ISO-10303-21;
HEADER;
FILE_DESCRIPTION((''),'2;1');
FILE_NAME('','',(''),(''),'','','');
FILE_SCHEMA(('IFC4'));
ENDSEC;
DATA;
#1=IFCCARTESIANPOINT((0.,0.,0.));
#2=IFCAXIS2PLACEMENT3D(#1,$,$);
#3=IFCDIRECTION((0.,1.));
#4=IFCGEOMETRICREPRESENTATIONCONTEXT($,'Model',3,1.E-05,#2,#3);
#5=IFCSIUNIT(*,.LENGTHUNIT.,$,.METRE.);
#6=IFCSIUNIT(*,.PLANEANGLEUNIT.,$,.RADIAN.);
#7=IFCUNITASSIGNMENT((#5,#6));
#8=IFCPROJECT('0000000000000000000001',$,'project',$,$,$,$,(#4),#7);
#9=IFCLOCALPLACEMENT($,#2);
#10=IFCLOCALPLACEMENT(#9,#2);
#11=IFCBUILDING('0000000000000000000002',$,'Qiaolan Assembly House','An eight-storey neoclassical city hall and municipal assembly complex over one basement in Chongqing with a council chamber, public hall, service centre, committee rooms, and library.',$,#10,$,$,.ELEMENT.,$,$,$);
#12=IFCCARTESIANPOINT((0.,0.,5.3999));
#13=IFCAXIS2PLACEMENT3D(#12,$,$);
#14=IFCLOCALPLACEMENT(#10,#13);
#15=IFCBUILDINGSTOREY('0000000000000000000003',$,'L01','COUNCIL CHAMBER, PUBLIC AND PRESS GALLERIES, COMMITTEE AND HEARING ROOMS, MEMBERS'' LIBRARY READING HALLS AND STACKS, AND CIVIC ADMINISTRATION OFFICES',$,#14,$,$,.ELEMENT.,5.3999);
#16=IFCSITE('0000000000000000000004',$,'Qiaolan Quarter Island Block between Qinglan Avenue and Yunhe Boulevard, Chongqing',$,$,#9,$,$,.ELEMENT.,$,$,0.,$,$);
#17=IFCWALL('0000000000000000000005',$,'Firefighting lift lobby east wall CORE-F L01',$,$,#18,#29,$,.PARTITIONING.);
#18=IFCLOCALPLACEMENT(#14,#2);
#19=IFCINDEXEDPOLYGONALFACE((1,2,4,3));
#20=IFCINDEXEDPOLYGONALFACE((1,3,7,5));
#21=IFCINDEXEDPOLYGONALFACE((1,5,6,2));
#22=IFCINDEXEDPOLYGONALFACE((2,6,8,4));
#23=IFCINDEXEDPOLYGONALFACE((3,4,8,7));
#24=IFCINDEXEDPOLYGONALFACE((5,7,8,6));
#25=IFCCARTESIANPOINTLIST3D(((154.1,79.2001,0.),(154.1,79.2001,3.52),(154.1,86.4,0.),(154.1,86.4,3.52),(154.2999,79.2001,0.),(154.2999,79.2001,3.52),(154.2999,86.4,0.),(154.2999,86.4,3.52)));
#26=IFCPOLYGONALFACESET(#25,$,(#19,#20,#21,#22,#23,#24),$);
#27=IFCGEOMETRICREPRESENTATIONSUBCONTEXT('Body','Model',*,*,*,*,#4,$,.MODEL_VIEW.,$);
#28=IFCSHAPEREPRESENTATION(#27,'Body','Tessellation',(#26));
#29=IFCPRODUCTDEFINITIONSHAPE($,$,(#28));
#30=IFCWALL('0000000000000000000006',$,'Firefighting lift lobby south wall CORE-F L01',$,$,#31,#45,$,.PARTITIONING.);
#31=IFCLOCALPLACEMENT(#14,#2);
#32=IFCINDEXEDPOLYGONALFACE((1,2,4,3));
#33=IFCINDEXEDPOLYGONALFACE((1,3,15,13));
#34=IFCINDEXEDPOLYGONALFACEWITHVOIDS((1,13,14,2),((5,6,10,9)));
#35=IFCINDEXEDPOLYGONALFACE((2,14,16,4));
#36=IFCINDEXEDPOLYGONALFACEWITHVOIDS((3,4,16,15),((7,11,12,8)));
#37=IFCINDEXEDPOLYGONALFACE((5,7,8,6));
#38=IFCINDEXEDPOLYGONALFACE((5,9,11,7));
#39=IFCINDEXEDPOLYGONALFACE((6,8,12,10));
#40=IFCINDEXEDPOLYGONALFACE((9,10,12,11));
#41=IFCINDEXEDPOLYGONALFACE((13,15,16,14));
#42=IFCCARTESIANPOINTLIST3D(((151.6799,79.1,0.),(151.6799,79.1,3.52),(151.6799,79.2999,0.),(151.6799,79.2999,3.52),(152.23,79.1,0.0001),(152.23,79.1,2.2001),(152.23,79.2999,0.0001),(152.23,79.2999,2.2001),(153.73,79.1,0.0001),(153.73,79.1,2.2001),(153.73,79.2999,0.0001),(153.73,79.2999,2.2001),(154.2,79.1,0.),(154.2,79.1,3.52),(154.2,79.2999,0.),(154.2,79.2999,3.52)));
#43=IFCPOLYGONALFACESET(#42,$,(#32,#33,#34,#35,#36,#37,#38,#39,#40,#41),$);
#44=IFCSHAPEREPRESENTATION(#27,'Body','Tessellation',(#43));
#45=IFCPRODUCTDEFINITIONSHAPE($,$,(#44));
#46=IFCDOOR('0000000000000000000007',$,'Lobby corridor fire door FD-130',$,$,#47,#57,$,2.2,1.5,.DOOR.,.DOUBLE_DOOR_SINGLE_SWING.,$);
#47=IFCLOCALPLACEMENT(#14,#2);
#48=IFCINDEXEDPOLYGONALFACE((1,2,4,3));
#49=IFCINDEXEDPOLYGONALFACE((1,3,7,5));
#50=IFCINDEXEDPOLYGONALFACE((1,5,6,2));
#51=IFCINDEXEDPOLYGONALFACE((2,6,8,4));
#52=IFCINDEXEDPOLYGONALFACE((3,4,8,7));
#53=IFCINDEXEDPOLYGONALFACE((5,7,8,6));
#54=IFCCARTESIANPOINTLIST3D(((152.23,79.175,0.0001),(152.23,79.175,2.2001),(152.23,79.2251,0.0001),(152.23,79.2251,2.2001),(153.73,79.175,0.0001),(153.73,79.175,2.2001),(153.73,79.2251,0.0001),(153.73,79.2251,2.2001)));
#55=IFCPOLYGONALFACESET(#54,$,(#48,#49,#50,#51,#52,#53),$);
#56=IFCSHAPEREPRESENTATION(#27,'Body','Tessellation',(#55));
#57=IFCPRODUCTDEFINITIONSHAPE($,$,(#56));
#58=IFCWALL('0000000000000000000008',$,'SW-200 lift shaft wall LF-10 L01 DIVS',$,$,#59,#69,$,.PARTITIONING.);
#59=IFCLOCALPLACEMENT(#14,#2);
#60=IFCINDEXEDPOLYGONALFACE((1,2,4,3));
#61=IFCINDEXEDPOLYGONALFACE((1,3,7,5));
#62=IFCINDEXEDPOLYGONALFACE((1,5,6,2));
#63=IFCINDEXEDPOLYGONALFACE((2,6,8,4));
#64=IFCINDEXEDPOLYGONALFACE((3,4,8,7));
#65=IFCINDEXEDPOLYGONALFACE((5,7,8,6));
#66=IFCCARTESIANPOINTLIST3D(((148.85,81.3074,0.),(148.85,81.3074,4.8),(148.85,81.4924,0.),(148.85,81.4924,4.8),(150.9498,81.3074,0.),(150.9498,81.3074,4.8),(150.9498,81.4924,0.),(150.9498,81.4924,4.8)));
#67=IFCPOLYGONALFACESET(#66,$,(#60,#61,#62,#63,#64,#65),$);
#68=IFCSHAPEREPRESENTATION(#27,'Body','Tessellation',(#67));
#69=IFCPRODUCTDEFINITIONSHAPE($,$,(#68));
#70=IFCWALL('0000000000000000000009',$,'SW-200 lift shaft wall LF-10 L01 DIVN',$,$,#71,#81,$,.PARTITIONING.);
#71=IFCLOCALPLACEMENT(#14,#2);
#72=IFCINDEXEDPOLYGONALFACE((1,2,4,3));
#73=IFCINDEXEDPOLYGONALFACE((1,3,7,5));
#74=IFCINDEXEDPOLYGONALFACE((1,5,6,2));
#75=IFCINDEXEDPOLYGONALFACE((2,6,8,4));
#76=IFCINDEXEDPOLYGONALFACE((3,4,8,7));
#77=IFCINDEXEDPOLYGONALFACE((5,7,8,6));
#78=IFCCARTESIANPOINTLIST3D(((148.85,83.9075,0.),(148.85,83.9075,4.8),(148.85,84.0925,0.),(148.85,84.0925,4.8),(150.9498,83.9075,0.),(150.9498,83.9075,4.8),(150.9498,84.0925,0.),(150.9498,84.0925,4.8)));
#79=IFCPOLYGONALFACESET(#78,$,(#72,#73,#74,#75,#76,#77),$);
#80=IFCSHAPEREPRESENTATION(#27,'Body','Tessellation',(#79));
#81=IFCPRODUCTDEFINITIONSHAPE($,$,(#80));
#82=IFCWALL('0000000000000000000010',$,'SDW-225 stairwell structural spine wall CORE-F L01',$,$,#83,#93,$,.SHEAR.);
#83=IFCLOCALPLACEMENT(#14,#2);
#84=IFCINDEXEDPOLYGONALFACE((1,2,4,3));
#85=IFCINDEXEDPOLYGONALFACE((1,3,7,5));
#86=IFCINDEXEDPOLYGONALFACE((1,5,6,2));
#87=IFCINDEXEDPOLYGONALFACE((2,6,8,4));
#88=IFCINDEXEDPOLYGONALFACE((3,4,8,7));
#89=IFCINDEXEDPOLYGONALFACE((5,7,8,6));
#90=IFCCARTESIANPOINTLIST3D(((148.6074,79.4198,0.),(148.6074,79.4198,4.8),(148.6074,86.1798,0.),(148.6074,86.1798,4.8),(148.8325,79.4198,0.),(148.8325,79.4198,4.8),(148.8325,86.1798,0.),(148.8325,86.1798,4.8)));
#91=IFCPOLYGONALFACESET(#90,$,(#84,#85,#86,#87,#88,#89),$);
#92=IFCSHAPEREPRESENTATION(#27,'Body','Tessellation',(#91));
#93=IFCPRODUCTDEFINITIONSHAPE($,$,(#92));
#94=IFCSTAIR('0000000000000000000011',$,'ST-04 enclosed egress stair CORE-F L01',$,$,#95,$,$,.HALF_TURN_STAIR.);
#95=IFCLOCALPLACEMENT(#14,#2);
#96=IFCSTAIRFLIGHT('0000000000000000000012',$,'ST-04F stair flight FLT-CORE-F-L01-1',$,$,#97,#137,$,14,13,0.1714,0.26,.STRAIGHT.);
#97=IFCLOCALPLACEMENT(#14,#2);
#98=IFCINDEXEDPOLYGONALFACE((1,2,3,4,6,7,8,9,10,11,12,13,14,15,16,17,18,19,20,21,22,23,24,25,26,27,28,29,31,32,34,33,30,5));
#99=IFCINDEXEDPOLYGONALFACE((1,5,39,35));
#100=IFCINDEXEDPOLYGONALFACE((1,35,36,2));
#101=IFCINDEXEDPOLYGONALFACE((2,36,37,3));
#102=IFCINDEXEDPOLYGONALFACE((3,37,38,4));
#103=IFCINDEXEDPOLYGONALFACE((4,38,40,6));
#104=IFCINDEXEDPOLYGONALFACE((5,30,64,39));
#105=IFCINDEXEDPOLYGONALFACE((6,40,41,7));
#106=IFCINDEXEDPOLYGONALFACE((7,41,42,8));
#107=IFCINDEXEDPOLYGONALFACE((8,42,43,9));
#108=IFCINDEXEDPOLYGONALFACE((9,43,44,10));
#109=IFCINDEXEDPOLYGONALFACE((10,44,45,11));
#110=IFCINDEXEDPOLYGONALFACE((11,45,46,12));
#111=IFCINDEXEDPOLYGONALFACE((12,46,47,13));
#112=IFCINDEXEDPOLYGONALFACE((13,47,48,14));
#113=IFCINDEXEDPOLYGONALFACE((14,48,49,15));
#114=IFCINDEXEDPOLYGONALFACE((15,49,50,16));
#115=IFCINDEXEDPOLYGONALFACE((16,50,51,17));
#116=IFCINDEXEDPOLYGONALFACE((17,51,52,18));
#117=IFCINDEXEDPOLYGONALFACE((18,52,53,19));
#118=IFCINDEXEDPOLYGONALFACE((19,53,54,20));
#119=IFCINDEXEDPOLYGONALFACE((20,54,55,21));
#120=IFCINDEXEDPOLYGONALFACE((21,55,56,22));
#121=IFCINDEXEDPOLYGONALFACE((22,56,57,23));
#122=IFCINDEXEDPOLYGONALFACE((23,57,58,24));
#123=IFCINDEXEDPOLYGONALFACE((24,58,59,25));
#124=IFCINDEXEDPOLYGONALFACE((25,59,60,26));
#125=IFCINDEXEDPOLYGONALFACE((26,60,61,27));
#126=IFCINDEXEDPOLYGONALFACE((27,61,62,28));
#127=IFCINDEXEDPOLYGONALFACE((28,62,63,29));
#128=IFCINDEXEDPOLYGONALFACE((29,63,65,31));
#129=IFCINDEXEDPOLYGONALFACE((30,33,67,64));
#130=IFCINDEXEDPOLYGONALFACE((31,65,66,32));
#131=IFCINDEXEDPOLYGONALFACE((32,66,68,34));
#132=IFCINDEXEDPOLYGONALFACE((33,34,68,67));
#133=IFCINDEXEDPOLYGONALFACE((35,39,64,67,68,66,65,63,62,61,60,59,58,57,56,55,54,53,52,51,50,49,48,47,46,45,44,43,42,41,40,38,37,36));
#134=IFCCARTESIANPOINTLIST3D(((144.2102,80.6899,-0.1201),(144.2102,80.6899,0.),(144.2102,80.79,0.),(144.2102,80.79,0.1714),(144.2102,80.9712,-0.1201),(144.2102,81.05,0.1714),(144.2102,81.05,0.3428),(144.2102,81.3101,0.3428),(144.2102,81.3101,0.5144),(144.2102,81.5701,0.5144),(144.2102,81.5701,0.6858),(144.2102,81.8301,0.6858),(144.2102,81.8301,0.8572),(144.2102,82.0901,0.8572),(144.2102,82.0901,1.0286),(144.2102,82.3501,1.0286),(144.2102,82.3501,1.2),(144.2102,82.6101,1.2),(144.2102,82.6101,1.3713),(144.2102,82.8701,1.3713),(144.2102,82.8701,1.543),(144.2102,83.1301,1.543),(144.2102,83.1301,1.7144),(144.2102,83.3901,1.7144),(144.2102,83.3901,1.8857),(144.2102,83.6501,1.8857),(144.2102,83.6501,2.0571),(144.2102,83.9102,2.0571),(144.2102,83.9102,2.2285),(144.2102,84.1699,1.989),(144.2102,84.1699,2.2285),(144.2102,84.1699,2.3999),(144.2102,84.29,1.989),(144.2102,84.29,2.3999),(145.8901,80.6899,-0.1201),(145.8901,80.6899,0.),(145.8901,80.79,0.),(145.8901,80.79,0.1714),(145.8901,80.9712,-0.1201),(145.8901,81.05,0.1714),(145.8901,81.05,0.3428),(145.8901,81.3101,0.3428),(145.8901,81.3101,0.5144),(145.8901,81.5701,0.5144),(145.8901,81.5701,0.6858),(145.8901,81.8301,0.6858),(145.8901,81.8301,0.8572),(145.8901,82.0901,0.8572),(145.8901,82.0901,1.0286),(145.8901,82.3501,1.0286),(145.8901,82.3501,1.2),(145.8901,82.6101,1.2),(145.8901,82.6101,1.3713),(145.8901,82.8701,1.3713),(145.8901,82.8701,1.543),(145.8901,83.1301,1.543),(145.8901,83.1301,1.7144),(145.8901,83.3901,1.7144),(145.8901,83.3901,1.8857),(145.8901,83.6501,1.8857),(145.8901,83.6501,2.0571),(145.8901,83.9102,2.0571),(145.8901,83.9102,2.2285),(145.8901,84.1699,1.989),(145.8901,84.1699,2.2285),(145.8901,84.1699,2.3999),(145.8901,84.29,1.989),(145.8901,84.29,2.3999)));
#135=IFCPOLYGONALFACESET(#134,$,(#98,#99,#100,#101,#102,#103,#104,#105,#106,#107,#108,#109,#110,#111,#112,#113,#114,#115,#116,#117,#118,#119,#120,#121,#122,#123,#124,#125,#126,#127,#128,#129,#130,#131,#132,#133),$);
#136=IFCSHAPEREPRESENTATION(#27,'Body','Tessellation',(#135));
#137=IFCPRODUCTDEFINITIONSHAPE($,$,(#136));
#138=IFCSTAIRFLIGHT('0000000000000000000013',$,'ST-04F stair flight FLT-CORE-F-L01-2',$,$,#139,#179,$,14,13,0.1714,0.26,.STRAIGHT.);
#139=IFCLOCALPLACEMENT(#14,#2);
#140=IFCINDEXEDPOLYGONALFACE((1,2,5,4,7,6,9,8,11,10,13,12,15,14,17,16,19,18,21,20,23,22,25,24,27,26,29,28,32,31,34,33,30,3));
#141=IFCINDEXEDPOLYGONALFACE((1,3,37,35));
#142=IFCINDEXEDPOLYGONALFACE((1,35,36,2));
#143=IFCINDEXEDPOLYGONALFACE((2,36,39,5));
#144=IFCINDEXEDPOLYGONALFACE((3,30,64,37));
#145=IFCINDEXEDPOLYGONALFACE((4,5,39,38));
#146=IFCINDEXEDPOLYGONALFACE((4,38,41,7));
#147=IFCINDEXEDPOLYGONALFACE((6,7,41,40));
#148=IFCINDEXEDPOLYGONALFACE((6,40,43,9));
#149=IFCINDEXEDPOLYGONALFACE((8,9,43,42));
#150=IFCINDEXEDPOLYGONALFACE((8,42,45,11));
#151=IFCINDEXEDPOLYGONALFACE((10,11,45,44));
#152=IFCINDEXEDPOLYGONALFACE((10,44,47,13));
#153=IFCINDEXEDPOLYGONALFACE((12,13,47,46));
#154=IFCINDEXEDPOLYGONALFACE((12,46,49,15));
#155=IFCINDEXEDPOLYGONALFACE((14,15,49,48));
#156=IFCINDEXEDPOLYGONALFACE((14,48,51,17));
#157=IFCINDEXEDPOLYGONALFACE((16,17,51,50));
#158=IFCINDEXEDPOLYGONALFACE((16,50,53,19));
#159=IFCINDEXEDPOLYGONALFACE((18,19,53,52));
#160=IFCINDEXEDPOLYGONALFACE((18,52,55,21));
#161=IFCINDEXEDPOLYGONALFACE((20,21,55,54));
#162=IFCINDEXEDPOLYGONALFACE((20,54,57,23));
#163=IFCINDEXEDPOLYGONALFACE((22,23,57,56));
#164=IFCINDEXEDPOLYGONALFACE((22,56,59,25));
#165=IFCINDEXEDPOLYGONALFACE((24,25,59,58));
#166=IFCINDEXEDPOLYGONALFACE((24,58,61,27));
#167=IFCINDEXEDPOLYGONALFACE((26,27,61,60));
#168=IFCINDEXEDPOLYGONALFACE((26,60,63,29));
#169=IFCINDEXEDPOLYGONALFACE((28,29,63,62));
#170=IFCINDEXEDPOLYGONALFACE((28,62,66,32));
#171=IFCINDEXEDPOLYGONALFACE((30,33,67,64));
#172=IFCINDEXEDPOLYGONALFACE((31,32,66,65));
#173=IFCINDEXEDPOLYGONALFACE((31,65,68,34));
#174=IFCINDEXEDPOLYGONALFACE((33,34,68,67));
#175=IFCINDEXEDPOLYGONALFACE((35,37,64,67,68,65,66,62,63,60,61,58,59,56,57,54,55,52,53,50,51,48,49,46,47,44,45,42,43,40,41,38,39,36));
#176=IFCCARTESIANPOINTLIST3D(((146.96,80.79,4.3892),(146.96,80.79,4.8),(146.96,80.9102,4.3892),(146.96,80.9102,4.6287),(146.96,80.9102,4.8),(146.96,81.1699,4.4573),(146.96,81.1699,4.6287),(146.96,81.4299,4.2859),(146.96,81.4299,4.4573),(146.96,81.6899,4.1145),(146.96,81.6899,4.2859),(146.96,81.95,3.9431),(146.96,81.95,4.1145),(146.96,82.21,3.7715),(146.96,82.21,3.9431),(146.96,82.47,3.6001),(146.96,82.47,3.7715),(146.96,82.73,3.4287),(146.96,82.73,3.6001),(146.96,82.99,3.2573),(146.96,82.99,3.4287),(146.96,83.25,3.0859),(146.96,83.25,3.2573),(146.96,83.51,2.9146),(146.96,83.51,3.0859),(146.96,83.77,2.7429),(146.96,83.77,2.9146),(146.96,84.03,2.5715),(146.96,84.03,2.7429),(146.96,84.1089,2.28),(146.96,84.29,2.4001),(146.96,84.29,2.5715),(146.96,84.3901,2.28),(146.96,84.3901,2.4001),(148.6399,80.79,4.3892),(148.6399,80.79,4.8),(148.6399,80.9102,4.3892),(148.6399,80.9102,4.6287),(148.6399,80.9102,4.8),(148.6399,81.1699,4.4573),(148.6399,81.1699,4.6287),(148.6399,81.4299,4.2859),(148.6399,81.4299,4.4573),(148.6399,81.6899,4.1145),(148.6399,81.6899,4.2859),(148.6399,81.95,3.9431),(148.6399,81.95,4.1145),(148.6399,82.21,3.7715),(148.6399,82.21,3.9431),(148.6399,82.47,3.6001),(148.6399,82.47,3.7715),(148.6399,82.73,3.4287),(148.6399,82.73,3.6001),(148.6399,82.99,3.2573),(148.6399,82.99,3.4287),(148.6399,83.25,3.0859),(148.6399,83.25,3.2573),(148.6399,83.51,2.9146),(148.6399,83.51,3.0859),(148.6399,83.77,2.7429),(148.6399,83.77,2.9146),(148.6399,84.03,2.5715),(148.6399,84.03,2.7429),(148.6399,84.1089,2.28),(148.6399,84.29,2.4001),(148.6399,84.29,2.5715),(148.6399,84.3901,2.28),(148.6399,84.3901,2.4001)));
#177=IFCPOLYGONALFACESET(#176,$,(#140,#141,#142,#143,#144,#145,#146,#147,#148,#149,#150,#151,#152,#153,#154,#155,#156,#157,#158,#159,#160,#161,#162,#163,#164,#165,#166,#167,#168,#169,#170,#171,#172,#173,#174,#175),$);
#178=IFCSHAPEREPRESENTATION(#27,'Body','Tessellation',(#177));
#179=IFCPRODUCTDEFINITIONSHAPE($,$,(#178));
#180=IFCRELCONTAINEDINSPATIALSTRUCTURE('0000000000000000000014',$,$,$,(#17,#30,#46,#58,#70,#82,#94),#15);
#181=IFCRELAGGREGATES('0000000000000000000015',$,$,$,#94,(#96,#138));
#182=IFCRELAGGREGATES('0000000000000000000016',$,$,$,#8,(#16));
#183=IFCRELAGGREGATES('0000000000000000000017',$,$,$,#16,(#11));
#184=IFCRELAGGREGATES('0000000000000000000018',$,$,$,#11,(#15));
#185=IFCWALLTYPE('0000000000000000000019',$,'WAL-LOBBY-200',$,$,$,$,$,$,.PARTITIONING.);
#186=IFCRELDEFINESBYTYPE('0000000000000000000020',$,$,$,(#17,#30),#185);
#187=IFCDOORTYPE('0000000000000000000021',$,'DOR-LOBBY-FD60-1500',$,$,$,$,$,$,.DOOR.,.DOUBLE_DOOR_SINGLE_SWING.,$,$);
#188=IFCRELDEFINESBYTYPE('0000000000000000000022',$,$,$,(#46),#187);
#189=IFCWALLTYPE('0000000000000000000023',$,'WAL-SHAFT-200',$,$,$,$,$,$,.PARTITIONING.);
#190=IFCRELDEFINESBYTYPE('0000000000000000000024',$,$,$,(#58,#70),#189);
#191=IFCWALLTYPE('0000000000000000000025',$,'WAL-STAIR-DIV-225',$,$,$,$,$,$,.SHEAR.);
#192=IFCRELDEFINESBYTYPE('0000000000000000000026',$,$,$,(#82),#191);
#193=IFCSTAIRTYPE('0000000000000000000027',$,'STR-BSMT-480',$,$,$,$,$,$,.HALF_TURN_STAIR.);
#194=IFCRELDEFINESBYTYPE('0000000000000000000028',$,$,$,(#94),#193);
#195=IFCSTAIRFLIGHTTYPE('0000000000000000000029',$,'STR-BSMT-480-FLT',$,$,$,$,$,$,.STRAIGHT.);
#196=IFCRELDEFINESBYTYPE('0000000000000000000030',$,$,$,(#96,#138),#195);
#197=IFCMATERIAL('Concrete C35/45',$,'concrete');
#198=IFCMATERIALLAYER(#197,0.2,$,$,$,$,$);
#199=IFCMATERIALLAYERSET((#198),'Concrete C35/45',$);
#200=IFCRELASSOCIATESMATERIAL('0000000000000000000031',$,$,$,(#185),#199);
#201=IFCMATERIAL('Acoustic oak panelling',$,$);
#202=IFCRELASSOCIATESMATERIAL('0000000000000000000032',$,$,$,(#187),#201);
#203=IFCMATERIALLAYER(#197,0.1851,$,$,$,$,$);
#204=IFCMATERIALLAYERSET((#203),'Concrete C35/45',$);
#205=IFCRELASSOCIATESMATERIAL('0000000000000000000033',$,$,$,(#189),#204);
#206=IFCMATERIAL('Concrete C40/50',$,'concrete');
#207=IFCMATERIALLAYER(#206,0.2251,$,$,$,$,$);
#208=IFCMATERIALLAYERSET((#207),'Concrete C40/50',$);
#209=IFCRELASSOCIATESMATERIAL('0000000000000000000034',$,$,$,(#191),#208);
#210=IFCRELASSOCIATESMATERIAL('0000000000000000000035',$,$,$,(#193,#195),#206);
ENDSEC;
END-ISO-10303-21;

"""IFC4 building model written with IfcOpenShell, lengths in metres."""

from ifc_helpers import new_model, si_unit, direction, frame, frame_2d, origin, place, context, subcontext, project, spatial, polyline, rectangle, outline, extrude, material, layer, layer_set, type_object, element, fill, aggregate, save


model = new_model("IFC4")

# Units and contexts
model_context = context("Model", 3, precision=1e-05, world=origin(), true_north=direction((0.0, 1.0)))
body_context = subcontext(model_context, "Body", "Model", "MODEL_VIEW")
ifc_project = project(units=[si_unit("LENGTHUNIT", "METRE"), si_unit("PLANEANGLEUNIT", "RADIAN")], contexts=[model_context])

# Site, building, storey
site_placement = place(None, origin())
site = spatial("IfcSite", under=ifc_project, at=site_placement, Name="Qiaolan Quarter Island Block between Qinglan Avenue and Yunhe Boulevard, Chongqing", CompositionType="ELEMENT", RefElevation=0.0)
building_placement = place(site_placement, origin())
building = spatial("IfcBuilding", under=site, at=building_placement, Name="Qiaolan Assembly House", Description="An eight-storey neoclassical city hall and municipal assembly complex over one basement in Chongqing with a council chamber, public hall, service centre, committee rooms, and library.", CompositionType="ELEMENT")
storey_placement = place(building_placement, frame((0.0, 0.0, 5.3999)))
storey = spatial("IfcBuildingStorey", under=building, at=storey_placement, Name="L01", Description="COUNCIL CHAMBER, PUBLIC AND PRESS GALLERIES, COMMITTEE AND HEARING ROOMS, MEMBERS' LIBRARY READING HALLS AND STACKS, AND CIVIC ADMINISTRATION OFFICES", CompositionType="ELEMENT", Elevation=5.3999)

# Shared definitions
ifc_material_1 = material(Name="Concrete C40/50", Category="concrete")

# Wall
ifc_material_2 = material(Name="Concrete C35/45", Category="concrete")
ifc_layer_1 = layer(ifc_material_2, 0.2)
ifc_layer_set_1 = layer_set([ifc_layer_1], Name="Concrete C35/45")
wall_type_1 = type_object("IfcWallType", Name="WAL-LOBBY-200", PredefinedType="PARTITIONING", material=ifc_layer_set_1)
wall_1_placement = place(storey_placement, frame((154.2, 79.2, 0.0), z_axis=(0.0, 0.0, 1.0), x_axis=(0.0, 1.0, 0.0)))
element("IfcWall", 1, at=wall_1_placement, inside=storey, type_object=wall_type_1, Name="Firefighting lift lobby east wall CORE-F L01", PredefinedType="PARTITIONING", context=body_context, shape_type="SweptSolid", body=[
    extrude(rectangle(XDim=7.2, YDim=0.2, at=frame_2d((3.6001, 0.0))), origin(), (0.0, 0.0, 1.0), 3.52),
])

# Wall, opening, door
wall_2_placement = place(storey_placement, frame((151.6799, 79.2, 0.0), z_axis=(0.0, 0.0, 1.0), x_axis=(1.0, 0.0, 0.0)))
wall_2 = element("IfcWall", 2, at=wall_2_placement, inside=storey, type_object=wall_type_1, Name="Firefighting lift lobby south wall CORE-F L01", PredefinedType="PARTITIONING", context=body_context, shape_type="SweptSolid", body=[
    extrude(rectangle(XDim=2.52, YDim=0.2, at=frame_2d((1.26, 0.0))), origin(), (0.0, 0.0, 1.0), 3.52),
])
opening_1_placement = place(wall_2_placement, frame((0.55, 0.0, 0.0)))
opening_1 = element("IfcOpeningElement", 3, at=opening_1_placement, cuts=wall_2, PredefinedType="OPENING", context=body_context, shape_type="SweptSolid", body=[
    extrude(rectangle(XDim=1.5, YDim=2.2, at=frame_2d((0.75, 1.1001))), frame((0.0, 0.1099, 0.0), z_axis=(0.0, -1.0, 0.0), x_axis=(1.0, 0.0, 0.0)), (0.0, 0.0, 1.0), 0.22),
])
ifc_material_3 = material(Name="Acoustic oak panelling")
door_type_1 = type_object("IfcDoorType", Name="DOR-LOBBY-FD60-1500", OperationType="DOUBLE_DOOR_SINGLE_SWING", PredefinedType="DOOR", material=ifc_material_3)
door_1_placement = place(opening_1_placement, frame((1.5, 0.0, 0.0), z_axis=(0.0, 0.0, 1.0), x_axis=(-1.0, 0.0, 0.0)))
door_1 = element("IfcDoor", 4, at=door_1_placement, inside=storey, type_object=door_type_1, Name="Lobby corridor fire door FD-130", OperationType="DOUBLE_DOOR_SINGLE_SWING", OverallHeight=2.2, OverallWidth=1.5, PredefinedType="DOOR", context=body_context, shape_type="SweptSolid", body=[
    extrude(rectangle(XDim=1.5, YDim=2.2, at=frame_2d((0.75, 1.1001))), frame((0.0, 0.0249, 0.0), z_axis=(0.0, -1.0, 0.0), x_axis=(1.0, 0.0, 0.0)), (0.0, 0.0, 1.0), 0.05),
])
fill(opening_1, door_1)

# Walls
ifc_layer_2 = layer(ifc_material_2, 0.1851)
ifc_layer_set_2 = layer_set([ifc_layer_2], Name="Concrete C35/45")
wall_type_2 = type_object("IfcWallType", Name="WAL-SHAFT-200", PredefinedType="PARTITIONING", material=ifc_layer_set_2)
for number, where, z_axis, x_axis, name in (
    (5, (148.8501, 81.3999, 0.0), (0.0, 0.0, 1.0), (1.0, 0.0, 0.0), "SW-200 lift shaft wall LF-10 L01 DIVS"),
    (6, (148.8501, 84.0, 0.0), (0.0, 0.0, 1.0), (1.0, 0.0, 0.0), "SW-200 lift shaft wall LF-10 L01 DIVN"),
):
    element("IfcWall", number, at=place(storey_placement, frame(where, z_axis=z_axis, x_axis=x_axis)), inside=storey, type_object=wall_type_2, Name=name, PredefinedType="PARTITIONING", context=body_context, shape_type="SweptSolid", body=[
        extrude(rectangle(XDim=2.0999, YDim=0.1851, at=frame_2d((1.0498, 0.0))), origin(), (0.0, 0.0, 1.0), 4.8),
    ])
ifc_layer_3 = layer(ifc_material_1, 0.2251)
ifc_layer_set_3 = layer_set([ifc_layer_3], Name="Concrete C40/50")
wall_type_3 = type_object("IfcWallType", Name="WAL-STAIR-DIV-225", PredefinedType="SHEAR", material=ifc_layer_set_3)
wall_3_placement = place(storey_placement, frame((148.72, 79.4199, 0.0), z_axis=(0.0, 0.0, 1.0), x_axis=(0.0, 1.0, 0.0)))
element("IfcWall", 7, at=wall_3_placement, inside=storey, type_object=wall_type_3, Name="SDW-225 stairwell structural spine wall CORE-F L01", PredefinedType="SHEAR", context=body_context, shape_type="SweptSolid", body=[
    extrude(rectangle(XDim=6.76, YDim=0.2251, at=frame_2d((3.3799, 0.0))), origin(), (0.0, 0.0, 1.0), 4.8),
])

# Stair, stair flights
stair_type = type_object("IfcStairType", Name="STR-BSMT-480", PredefinedType="HALF_TURN_STAIR", material=ifc_material_1)
stair_placement = place(storey_placement, origin())
stair = element("IfcStair", 8, at=stair_placement, inside=storey, type_object=stair_type, Name="ST-04 enclosed egress stair CORE-F L01", PredefinedType="HALF_TURN_STAIR")
stair_flight_type = type_object("IfcStairFlightType", Name="STR-BSMT-480-FLT", PredefinedType="STRAIGHT", material=ifc_material_1)
stair_flight_1_placement = place(storey_placement, frame((145.05, 80.79, 0.0), z_axis=(0.0, 0.0, 1.0), x_axis=(0.0, 1.0, 0.0)))
stair_flight_1 = element("IfcStairFlight", 9, at=stair_flight_1_placement, type_object=stair_flight_type, Name="ST-04F stair flight FLT-CORE-F-L01-1", NumberOfRisers=14, NumberOfTreads=13, PredefinedType="STRAIGHT", RiserHeight=0.1714, TreadLength=0.26, context=body_context, shape_type="SweptSolid", body=[
    extrude(outline(polyline([(-0.1001, -0.1201), (-0.1001, 0.0), (0.0, 0.0), (0.0, 0.1714), (0.26, 0.1714), (0.26, 0.3428), (0.52, 0.3428), (0.52, 0.5144), (0.78, 0.5144), (0.78, 0.6858), (1.04, 0.6858), (1.04, 0.8572), (1.3, 0.8572), (1.3, 1.0286), (1.5601, 1.0286), (1.5601, 1.2), (1.8201, 1.2), (1.8201, 1.3713), (2.0801, 1.3713), (2.0801, 1.543), (2.3401, 1.543), (2.3401, 1.7144), (2.6001, 1.7144), (2.6001, 1.8857), (2.8601, 1.8857), (2.8601, 2.0571), (3.1201, 2.0571), (3.1201, 2.2285), (3.3799, 2.2285), (3.3799, 2.3999), (3.5, 2.3999), (3.5, 1.989), (3.3799, 1.989), (0.1812, -0.1201), (-0.1001, -0.1201)])), frame((0.0, 0.8398, 0.0), z_axis=(0.0, -1.0, 0.0), x_axis=(1.0, 0.0, 0.0)), (0.0, 0.0, 1.0), 1.6799),
])
stair_flight_2_placement = place(storey_placement, frame((147.8, 84.29, 2.4001), z_axis=(0.0, 0.0, 1.0), x_axis=(0.0, -1.0, 0.0)))
stair_flight_2 = element("IfcStairFlight", 10, at=stair_flight_2_placement, type_object=stair_flight_type, Name="ST-04F stair flight FLT-CORE-F-L01-2", NumberOfRisers=14, NumberOfTreads=13, PredefinedType="STRAIGHT", RiserHeight=0.1714, TreadLength=0.26, context=body_context, shape_type="SweptSolid", body=[
    extrude(outline(polyline([(-0.1001, -0.1201), (-0.1001, 0.0), (0.0, 0.0), (0.0, 0.1714), (0.26, 0.1714), (0.26, 0.3428), (0.52, 0.3428), (0.52, 0.5144), (0.78, 0.5144), (0.78, 0.6858), (1.04, 0.6858), (1.04, 0.8572), (1.3, 0.8572), (1.3, 1.0286), (1.5601, 1.0286), (1.5601, 1.2), (1.8201, 1.2), (1.8201, 1.3713), (2.0801, 1.3713), (2.0801, 1.543), (2.3401, 1.543), (2.3401, 1.7144), (2.6001, 1.7144), (2.6001, 1.8857), (2.8601, 1.8857), (2.8601, 2.0571), (3.1201, 2.0571), (3.1201, 2.2285), (3.3799, 2.2285), (3.3799, 2.3999), (3.5, 2.3999), (3.5, 1.989), (3.3799, 1.989), (0.1812, -0.1201), (-0.1001, -0.1201)])), frame((0.0, 0.8398, 0.0), z_axis=(0.0, -1.0, 0.0), x_axis=(1.0, 0.0, 0.0)), (0.0, 0.0, 1.0), 1.6799),
])
aggregate(stair, [stair_flight_1, stair_flight_2])

save(model, "model.ifc")
